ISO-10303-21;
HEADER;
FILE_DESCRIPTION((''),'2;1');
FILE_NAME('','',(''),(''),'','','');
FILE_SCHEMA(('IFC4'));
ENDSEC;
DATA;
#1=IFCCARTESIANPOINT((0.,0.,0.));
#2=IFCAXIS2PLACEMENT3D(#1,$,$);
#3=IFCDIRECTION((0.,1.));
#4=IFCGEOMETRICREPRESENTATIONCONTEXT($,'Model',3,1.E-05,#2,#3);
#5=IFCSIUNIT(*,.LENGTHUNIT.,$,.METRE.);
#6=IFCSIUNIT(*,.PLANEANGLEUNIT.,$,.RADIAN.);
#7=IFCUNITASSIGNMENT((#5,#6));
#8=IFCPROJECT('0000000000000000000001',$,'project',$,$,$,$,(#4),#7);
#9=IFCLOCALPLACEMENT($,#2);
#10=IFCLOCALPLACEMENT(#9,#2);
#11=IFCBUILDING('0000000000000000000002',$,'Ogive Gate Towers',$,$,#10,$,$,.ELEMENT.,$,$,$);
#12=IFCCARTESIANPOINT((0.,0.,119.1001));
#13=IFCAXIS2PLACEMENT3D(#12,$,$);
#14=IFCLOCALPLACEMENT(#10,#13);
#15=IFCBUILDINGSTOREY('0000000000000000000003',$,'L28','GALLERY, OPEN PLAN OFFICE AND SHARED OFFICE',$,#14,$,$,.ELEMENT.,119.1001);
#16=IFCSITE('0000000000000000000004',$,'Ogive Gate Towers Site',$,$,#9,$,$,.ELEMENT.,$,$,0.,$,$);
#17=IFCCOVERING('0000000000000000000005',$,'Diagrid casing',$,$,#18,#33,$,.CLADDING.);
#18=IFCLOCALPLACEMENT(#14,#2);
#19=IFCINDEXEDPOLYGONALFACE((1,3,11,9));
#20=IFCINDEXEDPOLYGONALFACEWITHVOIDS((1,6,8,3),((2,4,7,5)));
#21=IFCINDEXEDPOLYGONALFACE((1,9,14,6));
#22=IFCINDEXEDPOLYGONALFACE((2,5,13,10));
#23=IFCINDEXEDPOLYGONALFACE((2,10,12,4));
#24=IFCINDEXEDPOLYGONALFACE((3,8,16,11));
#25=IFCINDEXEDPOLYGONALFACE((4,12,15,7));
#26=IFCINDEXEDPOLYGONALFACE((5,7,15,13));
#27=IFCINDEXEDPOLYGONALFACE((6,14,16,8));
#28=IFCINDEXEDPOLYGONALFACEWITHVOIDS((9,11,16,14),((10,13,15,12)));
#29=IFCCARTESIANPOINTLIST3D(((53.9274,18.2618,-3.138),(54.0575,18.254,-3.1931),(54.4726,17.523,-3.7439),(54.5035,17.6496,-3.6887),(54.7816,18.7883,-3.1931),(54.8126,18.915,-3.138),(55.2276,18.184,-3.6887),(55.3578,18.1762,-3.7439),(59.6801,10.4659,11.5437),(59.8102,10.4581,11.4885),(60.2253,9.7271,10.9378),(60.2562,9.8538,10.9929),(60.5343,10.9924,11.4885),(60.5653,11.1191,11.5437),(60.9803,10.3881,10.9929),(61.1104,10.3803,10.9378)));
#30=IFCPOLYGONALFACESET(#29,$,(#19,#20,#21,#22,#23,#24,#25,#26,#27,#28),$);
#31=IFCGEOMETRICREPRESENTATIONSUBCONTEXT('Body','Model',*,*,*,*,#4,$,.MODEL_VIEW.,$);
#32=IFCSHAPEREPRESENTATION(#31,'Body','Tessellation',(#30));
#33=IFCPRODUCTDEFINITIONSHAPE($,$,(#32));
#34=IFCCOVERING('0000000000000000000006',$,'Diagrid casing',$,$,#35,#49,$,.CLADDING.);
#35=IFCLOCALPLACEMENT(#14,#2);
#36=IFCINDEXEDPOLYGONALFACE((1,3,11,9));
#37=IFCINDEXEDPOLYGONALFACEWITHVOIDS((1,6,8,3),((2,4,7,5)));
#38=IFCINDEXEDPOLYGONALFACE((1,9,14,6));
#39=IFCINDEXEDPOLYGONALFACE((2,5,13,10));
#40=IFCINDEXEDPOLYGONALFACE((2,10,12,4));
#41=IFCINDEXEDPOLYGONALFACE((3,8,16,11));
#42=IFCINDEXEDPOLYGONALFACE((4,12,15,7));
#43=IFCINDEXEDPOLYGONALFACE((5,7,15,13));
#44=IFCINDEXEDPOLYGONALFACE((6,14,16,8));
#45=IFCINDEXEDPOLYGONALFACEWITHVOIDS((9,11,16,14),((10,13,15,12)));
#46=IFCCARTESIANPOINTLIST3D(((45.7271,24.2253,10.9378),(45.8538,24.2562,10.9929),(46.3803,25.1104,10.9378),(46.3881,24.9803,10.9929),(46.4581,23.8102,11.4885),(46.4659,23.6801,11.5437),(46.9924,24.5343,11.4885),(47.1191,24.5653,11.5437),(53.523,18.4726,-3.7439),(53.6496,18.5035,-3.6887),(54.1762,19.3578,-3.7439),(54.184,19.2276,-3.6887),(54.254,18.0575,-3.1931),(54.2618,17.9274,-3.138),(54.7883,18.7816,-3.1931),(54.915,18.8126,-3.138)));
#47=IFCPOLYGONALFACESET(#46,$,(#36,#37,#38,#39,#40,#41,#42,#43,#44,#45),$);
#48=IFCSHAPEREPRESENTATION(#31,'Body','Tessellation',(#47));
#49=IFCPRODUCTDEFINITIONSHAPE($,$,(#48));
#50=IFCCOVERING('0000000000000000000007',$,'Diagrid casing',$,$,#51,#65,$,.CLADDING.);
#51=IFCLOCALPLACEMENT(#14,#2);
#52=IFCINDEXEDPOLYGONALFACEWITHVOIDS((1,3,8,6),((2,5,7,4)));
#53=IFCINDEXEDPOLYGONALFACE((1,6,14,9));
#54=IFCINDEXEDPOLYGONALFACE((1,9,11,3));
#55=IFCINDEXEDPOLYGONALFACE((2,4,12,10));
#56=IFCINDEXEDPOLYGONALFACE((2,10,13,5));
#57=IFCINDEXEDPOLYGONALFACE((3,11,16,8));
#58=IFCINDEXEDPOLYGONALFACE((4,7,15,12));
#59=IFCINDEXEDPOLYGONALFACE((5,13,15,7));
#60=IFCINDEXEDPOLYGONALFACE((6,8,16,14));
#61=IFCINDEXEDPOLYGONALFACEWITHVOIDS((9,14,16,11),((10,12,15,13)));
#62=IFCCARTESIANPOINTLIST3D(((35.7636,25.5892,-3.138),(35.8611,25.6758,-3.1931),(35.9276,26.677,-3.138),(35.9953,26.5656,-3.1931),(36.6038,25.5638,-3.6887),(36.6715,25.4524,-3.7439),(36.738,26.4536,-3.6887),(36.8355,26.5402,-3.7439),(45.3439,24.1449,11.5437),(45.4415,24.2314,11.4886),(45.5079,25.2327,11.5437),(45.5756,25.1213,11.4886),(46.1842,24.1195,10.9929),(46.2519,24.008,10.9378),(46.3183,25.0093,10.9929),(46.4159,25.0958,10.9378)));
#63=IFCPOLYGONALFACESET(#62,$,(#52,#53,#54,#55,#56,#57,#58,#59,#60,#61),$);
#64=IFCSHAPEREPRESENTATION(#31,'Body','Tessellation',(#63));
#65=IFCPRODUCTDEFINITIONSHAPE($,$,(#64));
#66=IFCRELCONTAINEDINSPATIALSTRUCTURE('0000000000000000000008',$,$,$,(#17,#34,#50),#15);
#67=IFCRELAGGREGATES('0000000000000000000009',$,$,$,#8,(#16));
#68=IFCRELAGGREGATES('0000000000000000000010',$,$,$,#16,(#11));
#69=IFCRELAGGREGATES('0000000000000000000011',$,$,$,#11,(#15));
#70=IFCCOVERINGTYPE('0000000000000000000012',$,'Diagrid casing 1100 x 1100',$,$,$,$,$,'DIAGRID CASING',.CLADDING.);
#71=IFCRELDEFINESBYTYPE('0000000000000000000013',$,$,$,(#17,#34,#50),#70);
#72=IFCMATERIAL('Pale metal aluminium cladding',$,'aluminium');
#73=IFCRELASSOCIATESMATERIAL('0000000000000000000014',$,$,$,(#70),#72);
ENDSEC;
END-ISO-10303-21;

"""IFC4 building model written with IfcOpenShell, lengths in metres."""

from ifc_helpers import new_model, si_unit, direction, frame, origin, origin_2d, place, context, subcontext, project, spatial, hollow_rectangle, extrude, material, material_profile, profile_set, type_object, element, save


model = new_model("IFC4")

# Units and contexts
model_context = context("Model", 3, precision=1e-05, world=origin(), true_north=direction((0.0, 1.0)))
body_context = subcontext(model_context, "Body", "Model", "MODEL_VIEW")
ifc_project = project(units=[si_unit("LENGTHUNIT", "METRE"), si_unit("PLANEANGLEUNIT", "RADIAN")], contexts=[model_context])

# Site, building, storey
site_placement = place(None, origin())
site = spatial("IfcSite", under=ifc_project, at=site_placement, Name="Ogive Gate Towers Site", CompositionType="ELEMENT", RefElevation=0.0)
building_placement = place(site_placement, origin())
building = spatial("IfcBuilding", under=site, at=building_placement, Name="Ogive Gate Towers", CompositionType="ELEMENT")
storey_placement = place(building_placement, frame((0.0, 0.0, 119.1001)))
storey = spatial("IfcBuildingStorey", under=building, at=storey_placement, Name="L28", Description="GALLERY, OPEN PLAN OFFICE AND SHARED OFFICE", CompositionType="ELEMENT", Elevation=119.1001)

# Coverings
ifc_material_1 = material(Name="Pale metal aluminium cladding", Category="aluminium")
ifc_material_profile_1 = material_profile(ifc_material_1, hollow_rectangle(XDim=1.1001, YDim=1.1001, WallThickness=0.1001, at=origin_2d()), Name="1100 x 1100 pale metal casing")
ifc_profile_set_1 = profile_set([ifc_material_profile_1], Name="Pale metal aluminium cladding")
covering_type_1 = type_object("IfcCoveringType", Name="Diagrid casing 1100 x 1100", ElementType="DIAGRID CASING", PredefinedType="CLADDING", material=ifc_profile_set_1)
for number, where, z_axis, x_axis, name in (
    (1, (54.6426, 18.219, -3.4409), (0.327037, -0.443192, 0.834642), (0.804645, 0.593757, 0.0), "Diagrid casing"),
    (2, (54.219, 18.6426, -3.4409), (-0.443192, 0.327037, 0.834642), (-0.593757, -0.804645, 0.0), "Diagrid casing"),
    (3, (36.2996, 26.0647, -3.4409), (0.544636, -0.08211, 0.834643), (0.149076, 0.988826, 0.0), "Diagrid casing"),
):
    element("IfcCovering", number, at=place(storey_placement, frame(where, z_axis=z_axis, x_axis=x_axis)), inside=storey, type_object=covering_type_1, Name=name, PredefinedType="CLADDING", context=body_context, shape_type="SweptSolid", body=[
        extrude(hollow_rectangle(XDim=1.1001, YDim=1.1001, WallThickness=0.1001, at=origin_2d()), origin(), (0.0, 0.0, 1.0), 17.5903),
    ])

save(model, "model.ifc")
